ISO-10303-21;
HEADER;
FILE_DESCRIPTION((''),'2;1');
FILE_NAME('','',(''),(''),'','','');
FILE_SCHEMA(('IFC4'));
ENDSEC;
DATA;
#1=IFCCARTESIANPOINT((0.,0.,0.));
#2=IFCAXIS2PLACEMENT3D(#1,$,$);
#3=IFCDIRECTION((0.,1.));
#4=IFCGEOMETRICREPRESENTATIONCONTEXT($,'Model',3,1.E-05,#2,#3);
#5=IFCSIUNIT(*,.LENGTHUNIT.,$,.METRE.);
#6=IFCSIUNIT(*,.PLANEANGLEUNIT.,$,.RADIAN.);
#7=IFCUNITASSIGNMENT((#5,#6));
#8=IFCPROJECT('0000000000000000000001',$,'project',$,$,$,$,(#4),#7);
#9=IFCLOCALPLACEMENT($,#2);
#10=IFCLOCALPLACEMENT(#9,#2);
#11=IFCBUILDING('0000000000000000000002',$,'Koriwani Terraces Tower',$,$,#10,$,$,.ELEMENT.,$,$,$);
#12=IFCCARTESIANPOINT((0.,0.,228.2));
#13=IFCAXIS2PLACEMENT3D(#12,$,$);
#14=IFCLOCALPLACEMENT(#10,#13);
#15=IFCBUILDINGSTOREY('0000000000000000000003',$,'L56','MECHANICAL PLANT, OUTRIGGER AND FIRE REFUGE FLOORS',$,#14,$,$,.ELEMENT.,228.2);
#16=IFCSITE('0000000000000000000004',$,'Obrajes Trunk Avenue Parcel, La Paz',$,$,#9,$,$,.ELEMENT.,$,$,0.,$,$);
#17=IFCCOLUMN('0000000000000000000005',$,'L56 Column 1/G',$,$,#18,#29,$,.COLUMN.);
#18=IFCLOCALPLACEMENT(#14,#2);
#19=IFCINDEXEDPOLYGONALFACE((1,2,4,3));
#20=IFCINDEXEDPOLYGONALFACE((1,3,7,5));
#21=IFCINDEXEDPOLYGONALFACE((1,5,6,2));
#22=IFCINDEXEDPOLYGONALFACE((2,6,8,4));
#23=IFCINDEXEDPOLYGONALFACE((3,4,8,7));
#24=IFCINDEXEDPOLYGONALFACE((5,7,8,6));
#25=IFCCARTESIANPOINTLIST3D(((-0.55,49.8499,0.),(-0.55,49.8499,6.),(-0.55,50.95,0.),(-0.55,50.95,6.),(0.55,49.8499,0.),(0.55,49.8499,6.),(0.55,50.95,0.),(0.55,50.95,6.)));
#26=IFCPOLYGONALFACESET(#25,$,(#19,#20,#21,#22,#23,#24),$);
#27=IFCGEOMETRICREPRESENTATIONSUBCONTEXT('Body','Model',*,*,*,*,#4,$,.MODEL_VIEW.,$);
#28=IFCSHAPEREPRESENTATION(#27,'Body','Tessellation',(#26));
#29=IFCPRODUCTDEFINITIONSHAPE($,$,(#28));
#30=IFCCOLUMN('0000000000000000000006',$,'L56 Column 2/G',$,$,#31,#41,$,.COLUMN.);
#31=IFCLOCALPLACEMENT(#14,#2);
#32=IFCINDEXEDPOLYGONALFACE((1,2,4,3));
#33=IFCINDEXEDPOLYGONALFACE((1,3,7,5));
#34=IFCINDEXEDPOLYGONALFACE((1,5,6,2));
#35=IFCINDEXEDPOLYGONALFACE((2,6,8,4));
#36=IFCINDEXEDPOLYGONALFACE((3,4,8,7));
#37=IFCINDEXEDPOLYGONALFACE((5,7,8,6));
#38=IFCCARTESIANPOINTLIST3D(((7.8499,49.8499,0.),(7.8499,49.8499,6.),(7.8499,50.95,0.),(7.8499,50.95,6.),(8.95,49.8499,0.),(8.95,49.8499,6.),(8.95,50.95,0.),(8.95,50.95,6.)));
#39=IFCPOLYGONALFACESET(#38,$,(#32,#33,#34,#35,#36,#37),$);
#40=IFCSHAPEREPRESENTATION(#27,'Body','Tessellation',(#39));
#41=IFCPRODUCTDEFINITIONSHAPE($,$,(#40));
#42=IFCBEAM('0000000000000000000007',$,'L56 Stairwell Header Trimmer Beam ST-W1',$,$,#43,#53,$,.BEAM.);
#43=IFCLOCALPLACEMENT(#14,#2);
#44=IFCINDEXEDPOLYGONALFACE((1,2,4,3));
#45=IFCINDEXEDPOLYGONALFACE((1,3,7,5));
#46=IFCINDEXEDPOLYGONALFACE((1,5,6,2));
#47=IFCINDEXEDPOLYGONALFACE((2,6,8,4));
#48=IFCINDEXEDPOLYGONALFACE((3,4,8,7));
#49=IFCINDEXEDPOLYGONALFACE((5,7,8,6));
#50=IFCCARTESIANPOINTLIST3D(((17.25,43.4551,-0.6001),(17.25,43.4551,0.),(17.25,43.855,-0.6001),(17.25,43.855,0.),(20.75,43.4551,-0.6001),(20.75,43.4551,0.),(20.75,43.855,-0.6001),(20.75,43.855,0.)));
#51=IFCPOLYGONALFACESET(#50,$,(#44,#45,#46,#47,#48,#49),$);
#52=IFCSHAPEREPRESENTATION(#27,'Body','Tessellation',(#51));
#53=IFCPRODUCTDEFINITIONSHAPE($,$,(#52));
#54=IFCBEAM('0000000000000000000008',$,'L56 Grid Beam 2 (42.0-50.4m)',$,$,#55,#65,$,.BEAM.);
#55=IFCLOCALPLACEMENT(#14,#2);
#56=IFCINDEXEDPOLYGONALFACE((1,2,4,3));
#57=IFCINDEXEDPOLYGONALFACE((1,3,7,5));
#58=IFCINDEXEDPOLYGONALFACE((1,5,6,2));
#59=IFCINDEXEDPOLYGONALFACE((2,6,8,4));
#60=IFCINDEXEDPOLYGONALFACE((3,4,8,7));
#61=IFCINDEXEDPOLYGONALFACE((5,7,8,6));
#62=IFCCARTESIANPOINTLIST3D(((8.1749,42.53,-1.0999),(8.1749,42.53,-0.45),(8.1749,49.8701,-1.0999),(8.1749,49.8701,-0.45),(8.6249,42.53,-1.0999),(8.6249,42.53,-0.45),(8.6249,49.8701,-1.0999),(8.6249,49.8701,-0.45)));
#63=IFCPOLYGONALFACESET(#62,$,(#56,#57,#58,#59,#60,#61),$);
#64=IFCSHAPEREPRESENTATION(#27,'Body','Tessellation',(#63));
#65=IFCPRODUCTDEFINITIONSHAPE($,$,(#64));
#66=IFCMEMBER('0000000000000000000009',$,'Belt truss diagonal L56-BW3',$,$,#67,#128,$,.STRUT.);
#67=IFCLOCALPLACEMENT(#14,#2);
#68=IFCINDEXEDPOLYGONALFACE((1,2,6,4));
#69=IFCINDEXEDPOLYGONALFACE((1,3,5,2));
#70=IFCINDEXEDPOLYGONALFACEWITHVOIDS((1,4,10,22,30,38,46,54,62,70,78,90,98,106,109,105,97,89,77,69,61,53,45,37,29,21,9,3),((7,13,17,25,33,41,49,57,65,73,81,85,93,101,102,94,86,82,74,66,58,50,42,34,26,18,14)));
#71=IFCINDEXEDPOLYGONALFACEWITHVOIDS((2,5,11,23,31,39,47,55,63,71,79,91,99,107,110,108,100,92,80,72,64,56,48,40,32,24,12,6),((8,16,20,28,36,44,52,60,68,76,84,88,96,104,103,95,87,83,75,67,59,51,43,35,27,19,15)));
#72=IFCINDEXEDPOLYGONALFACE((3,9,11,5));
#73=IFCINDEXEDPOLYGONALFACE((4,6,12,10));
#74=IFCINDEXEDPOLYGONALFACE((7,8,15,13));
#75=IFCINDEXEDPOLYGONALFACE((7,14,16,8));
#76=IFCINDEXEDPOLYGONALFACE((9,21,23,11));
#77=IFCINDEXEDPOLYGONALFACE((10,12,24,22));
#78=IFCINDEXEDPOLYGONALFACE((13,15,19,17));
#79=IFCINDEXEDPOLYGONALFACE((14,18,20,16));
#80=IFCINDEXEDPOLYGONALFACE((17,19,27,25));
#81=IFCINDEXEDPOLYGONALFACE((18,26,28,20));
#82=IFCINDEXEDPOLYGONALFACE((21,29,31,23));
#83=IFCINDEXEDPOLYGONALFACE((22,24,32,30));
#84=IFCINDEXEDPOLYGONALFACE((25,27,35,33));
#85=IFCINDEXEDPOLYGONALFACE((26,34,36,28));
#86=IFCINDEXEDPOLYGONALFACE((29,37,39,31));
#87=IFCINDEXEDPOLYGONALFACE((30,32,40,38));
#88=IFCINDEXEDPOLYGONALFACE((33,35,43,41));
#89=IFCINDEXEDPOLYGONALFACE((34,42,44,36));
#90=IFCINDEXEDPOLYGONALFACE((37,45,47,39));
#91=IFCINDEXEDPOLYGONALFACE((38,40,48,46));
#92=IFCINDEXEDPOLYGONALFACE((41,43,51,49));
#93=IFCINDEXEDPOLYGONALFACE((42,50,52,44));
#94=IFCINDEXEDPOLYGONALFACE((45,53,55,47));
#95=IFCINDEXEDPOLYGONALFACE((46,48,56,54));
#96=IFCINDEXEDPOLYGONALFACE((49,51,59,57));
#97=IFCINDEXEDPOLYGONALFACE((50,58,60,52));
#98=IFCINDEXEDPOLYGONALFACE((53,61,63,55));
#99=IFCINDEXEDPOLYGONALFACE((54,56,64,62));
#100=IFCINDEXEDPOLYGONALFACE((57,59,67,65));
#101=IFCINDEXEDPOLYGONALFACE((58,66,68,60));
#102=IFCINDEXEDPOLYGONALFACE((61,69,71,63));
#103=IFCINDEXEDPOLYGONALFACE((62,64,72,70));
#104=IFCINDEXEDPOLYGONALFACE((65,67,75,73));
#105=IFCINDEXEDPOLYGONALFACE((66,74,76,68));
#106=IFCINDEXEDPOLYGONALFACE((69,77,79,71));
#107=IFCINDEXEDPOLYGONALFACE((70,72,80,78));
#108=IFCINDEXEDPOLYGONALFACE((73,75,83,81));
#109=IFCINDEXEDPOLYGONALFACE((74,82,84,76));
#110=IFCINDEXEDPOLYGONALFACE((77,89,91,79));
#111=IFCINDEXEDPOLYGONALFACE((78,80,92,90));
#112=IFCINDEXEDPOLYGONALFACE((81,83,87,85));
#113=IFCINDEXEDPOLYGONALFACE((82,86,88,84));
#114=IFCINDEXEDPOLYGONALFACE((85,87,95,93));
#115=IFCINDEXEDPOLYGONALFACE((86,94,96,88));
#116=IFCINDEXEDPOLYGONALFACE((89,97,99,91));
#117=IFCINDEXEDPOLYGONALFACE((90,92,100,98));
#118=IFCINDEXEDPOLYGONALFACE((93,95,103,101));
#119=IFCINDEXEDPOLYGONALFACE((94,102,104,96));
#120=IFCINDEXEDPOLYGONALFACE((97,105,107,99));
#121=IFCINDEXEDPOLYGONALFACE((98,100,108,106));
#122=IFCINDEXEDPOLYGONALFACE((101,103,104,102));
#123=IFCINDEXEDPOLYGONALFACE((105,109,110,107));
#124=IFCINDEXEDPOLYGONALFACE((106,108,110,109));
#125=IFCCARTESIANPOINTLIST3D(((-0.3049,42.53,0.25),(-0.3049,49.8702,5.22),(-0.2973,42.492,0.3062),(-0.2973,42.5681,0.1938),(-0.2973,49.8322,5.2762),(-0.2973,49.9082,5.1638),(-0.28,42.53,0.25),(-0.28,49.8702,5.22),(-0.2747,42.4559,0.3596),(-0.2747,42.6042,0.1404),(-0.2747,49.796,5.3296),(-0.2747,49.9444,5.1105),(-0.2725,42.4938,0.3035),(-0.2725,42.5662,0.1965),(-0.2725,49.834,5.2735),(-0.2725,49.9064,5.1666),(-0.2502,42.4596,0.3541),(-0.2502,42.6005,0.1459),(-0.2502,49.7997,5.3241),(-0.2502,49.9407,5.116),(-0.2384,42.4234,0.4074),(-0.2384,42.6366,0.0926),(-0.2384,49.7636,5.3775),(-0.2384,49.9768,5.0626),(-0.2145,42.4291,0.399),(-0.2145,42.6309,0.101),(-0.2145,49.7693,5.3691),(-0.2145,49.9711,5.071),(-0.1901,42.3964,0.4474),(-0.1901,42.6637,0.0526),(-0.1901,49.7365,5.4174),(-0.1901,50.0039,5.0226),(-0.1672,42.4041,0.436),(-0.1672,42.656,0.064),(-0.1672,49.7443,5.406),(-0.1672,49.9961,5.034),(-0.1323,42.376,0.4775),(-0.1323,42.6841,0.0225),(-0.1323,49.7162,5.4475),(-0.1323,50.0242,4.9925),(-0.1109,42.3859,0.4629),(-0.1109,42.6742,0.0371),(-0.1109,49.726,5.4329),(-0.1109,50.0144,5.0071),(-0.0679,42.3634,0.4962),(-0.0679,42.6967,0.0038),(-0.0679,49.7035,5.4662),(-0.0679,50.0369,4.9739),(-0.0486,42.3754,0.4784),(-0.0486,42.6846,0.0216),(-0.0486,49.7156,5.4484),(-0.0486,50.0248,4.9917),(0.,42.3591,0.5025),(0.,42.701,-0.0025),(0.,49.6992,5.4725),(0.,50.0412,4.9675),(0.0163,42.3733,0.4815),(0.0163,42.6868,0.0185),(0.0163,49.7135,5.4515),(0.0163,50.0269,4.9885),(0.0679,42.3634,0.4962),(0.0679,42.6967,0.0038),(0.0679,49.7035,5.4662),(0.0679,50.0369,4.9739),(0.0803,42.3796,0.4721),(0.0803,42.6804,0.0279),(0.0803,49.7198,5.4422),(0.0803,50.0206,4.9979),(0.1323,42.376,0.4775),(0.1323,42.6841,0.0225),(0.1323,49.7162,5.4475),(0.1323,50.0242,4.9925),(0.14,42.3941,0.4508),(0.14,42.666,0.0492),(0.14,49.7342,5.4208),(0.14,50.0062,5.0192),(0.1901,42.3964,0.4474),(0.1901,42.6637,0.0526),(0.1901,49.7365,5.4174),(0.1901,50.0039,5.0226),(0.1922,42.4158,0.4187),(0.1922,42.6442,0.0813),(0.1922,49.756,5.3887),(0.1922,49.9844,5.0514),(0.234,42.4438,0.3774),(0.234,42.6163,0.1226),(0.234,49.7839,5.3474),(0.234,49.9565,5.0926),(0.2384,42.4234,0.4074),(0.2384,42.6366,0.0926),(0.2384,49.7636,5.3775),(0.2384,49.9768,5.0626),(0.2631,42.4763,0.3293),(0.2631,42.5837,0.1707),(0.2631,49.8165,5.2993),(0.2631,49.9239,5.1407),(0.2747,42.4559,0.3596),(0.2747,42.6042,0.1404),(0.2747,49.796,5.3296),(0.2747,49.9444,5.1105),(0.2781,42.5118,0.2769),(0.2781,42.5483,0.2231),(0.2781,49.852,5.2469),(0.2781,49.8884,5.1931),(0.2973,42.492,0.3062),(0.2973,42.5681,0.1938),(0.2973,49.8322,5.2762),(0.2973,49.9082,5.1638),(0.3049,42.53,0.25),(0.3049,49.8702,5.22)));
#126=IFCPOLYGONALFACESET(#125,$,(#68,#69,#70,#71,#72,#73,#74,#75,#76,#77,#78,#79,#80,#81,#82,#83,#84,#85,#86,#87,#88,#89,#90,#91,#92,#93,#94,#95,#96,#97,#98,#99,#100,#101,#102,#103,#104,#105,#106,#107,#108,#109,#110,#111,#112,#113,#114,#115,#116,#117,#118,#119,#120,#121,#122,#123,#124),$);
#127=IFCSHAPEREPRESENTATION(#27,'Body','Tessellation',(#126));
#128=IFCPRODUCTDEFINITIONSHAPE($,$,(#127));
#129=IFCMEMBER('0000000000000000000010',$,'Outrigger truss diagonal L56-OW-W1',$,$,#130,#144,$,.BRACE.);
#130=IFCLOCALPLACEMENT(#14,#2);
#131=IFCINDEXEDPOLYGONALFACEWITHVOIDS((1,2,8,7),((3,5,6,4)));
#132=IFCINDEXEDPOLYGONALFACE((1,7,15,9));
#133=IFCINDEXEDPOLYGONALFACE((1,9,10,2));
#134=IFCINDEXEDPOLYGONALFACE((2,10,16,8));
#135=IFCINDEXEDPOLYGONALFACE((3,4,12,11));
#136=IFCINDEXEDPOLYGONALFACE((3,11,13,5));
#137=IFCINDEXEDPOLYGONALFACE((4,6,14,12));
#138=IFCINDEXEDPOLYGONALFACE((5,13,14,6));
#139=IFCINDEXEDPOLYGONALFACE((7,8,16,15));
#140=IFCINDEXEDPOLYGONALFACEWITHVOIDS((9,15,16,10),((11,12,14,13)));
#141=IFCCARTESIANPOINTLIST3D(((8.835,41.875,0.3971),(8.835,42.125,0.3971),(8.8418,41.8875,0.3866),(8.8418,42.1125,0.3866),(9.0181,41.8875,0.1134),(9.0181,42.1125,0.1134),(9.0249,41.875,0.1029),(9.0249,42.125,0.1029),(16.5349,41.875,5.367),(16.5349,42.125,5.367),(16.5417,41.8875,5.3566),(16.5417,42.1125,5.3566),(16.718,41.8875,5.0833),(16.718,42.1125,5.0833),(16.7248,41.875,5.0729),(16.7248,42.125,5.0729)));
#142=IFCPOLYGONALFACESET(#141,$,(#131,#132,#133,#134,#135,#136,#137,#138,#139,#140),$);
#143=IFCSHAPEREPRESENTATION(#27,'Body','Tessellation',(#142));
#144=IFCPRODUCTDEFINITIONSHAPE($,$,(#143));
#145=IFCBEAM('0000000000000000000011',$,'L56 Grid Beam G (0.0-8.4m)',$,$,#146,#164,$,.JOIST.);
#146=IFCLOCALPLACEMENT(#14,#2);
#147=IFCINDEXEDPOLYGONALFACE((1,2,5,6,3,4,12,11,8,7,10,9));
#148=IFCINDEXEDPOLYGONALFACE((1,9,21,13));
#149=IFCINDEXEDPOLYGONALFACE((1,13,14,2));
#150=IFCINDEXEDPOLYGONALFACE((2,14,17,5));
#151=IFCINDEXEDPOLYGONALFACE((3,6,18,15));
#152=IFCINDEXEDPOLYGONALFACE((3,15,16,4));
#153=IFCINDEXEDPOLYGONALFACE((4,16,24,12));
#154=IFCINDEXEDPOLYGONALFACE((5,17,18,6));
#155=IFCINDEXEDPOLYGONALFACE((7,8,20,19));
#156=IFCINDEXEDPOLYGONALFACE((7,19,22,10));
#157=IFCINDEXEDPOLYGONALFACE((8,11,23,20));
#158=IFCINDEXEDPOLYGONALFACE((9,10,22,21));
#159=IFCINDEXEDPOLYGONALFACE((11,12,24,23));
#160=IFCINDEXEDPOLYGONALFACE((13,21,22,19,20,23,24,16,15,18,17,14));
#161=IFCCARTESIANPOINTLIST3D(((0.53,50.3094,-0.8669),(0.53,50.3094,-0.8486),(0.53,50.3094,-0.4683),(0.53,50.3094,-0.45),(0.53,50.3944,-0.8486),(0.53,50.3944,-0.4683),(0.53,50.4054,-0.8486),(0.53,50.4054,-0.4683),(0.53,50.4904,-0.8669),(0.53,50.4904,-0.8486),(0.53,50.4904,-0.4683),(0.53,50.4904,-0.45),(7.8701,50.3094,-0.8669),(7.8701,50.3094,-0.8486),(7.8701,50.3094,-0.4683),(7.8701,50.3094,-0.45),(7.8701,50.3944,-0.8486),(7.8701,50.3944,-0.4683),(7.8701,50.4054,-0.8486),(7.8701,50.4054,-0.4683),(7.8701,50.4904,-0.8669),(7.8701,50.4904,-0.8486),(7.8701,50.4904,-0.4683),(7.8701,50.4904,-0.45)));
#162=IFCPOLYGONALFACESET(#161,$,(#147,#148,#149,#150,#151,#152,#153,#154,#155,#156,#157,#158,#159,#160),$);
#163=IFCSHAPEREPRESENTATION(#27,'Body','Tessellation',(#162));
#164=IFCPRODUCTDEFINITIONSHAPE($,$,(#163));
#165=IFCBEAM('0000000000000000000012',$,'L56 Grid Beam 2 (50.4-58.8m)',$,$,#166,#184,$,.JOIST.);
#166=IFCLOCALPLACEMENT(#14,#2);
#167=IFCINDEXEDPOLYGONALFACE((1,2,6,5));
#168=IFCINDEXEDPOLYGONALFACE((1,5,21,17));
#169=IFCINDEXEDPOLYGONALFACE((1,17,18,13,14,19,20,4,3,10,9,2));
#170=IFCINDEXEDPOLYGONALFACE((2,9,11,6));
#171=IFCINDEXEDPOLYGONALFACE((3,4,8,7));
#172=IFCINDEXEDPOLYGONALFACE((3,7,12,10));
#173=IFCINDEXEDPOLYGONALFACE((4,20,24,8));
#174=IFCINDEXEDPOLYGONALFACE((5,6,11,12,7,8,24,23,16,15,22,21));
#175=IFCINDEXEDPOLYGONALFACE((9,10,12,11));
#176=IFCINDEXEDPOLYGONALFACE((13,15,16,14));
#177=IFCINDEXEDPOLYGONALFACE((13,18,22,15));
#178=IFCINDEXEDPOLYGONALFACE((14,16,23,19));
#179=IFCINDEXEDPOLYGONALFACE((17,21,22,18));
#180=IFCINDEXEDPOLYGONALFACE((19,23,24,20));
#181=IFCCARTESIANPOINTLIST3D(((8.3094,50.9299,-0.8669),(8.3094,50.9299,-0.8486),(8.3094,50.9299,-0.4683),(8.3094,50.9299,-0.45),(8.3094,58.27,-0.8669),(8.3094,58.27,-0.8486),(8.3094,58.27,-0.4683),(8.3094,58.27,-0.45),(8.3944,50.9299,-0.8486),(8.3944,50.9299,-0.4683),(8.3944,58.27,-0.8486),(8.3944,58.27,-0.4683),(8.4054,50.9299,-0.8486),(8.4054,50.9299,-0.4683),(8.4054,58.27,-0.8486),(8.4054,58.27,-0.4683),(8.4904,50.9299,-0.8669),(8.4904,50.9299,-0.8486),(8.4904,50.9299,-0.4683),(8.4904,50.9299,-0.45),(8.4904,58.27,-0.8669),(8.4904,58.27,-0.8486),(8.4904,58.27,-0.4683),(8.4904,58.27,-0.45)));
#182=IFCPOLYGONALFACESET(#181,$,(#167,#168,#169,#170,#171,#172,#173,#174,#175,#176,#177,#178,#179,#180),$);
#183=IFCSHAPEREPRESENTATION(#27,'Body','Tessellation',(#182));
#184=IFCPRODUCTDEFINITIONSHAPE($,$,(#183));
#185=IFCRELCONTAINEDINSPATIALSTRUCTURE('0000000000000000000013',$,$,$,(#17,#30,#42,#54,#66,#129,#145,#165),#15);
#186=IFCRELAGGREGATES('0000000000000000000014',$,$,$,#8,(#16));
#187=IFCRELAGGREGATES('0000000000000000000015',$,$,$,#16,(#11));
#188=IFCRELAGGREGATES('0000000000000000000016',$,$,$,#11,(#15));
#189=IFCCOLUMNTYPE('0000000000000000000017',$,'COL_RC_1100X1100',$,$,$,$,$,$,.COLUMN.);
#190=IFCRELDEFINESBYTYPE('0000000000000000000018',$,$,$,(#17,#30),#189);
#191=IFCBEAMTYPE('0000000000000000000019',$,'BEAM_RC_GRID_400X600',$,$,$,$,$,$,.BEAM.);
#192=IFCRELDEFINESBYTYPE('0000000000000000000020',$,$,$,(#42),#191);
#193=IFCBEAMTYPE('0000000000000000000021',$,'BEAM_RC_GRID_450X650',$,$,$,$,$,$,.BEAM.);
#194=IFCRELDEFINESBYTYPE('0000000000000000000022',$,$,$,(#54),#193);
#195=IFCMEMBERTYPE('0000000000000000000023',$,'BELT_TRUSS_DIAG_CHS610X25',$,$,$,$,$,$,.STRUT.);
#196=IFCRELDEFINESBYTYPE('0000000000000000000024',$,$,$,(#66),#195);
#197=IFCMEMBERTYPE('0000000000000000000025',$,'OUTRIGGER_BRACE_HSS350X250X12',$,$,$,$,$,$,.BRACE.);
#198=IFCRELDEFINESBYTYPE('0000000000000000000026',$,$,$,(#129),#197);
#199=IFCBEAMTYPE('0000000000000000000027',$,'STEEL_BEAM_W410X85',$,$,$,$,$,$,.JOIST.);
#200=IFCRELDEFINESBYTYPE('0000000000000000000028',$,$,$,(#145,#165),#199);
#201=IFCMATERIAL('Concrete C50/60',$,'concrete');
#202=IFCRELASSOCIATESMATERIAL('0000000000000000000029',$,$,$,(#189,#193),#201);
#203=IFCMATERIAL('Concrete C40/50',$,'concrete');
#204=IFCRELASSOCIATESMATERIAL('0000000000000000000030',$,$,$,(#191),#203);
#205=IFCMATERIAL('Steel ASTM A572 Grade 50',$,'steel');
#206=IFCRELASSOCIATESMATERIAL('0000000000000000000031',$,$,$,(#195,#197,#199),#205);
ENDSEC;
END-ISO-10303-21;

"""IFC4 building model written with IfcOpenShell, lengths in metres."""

from ifc_helpers import new_model, si_unit, direction, frame, origin, origin_2d, place, context, subcontext, project, spatial, rectangle, hollow_rectangle, hollow_circle, i_section, extrude, material, material_profile, profile_set, type_object, element, save


model = new_model("IFC4")

# Units and contexts
model_context = context("Model", 3, precision=1e-05, world=origin(), true_north=direction((0.0, 1.0)))
body_context = subcontext(model_context, "Body", "Model", "MODEL_VIEW")
ifc_project = project(units=[si_unit("LENGTHUNIT", "METRE"), si_unit("PLANEANGLEUNIT", "RADIAN")], contexts=[model_context])

# Site, building, storey
site_placement = place(None, origin())
site = spatial("IfcSite", under=ifc_project, at=site_placement, Name="Obrajes Trunk Avenue Parcel, La Paz", CompositionType="ELEMENT", RefElevation=0.0)
building_placement = place(site_placement, origin())
building = spatial("IfcBuilding", under=site, at=building_placement, Name="Koriwani Terraces Tower", CompositionType="ELEMENT")
storey_placement = place(building_placement, frame((0.0, 0.0, 228.2)))
storey = spatial("IfcBuildingStorey", under=building, at=storey_placement, Name="L56", Description="MECHANICAL PLANT, OUTRIGGER AND FIRE REFUGE FLOORS", CompositionType="ELEMENT", Elevation=228.2)

# Columns
ifc_material_1 = material(Name="Concrete C50/60", Category="concrete")
ifc_material_profile_1 = material_profile(ifc_material_1, rectangle(XDim=1.1001, YDim=1.1001, at=origin_2d()), Name="Concrete C50/60", Category="LoadBearing")
ifc_profile_set_1 = profile_set([ifc_material_profile_1], Name="Concrete C50/60")
column_type = type_object("IfcColumnType", Name="COL_RC_1100X1100", PredefinedType="COLUMN", material=ifc_profile_set_1)
for number, where, z_axis, x_axis, name in (
    (1, (0.0, 50.3999, 0.0), (0.0, 0.0, 1.0), (1.0, 0.0, 0.0), "L56 Column 1/G"),
    (2, (8.3999, 50.3999, 0.0), (0.0, 0.0, 1.0), (1.0, 0.0, 0.0), "L56 Column 2/G"),
):
    element("IfcColumn", number, at=place(storey_placement, frame(where, z_axis=z_axis, x_axis=x_axis)), inside=storey, type_object=column_type, Name=name, PredefinedType="COLUMN", context=body_context, shape_type="SweptSolid", body=[
        extrude(rectangle(XDim=1.1001, YDim=1.1001, at=origin_2d()), origin(), (0.0, 0.0, 1.0), 6.0),
    ])

# Beams
ifc_material_2 = material(Name="Concrete C40/50", Category="concrete")
ifc_material_profile_2 = material_profile(ifc_material_2, rectangle(XDim=0.3999, YDim=0.6001, at=origin_2d()), Name="Concrete C40/50", Category="LoadBearing")
ifc_profile_set_2 = profile_set([ifc_material_profile_2], Name="Concrete C40/50")
beam_type_1 = type_object("IfcBeamType", Name="BEAM_RC_GRID_400X600", PredefinedType="BEAM", material=ifc_profile_set_2)
beam_1_placement = place(storey_placement, frame((17.25, 43.655, -0.3), z_axis=(1.0, 0.0, 0.0), x_axis=(0.0, 1.0, 0.0)))
element("IfcBeam", 3, at=beam_1_placement, inside=storey, type_object=beam_type_1, Name="L56 Stairwell Header Trimmer Beam ST-W1", PredefinedType="BEAM", context=body_context, shape_type="SweptSolid", body=[
    extrude(rectangle(XDim=0.3999, YDim=0.6001, at=origin_2d()), origin(), (0.0, 0.0, 1.0), 3.5),
])
ifc_material_profile_3 = material_profile(ifc_material_1, rectangle(XDim=0.45, YDim=0.6499, at=origin_2d()), Name="Concrete C50/60", Category="LoadBearing")
ifc_profile_set_3 = profile_set([ifc_material_profile_3], Name="Concrete C50/60")
beam_type_2 = type_object("IfcBeamType", Name="BEAM_RC_GRID_450X650", PredefinedType="BEAM", material=ifc_profile_set_3)
beam_2_placement = place(storey_placement, frame((8.3999, 42.53, -0.7749), z_axis=(0.0, 1.0, 0.0), x_axis=(-1.0, 0.0, 0.0)))
element("IfcBeam", 4, at=beam_2_placement, inside=storey, type_object=beam_type_2, Name="L56 Grid Beam 2 (42.0-50.4m)", PredefinedType="BEAM", context=body_context, shape_type="SweptSolid", body=[
    extrude(rectangle(XDim=0.45, YDim=0.6499, at=origin_2d()), origin(), (0.0, 0.0, 1.0), 7.3401),
])

# Members
ifc_material_3 = material(Name="Steel ASTM A572 Grade 50", Category="steel")
ifc_material_profile_4 = material_profile(ifc_material_3, hollow_circle(Radius=0.3049, WallThickness=0.0249, at=origin_2d()), Name="Steel ASTM A572 Grade 50", Category="LoadBearing")
ifc_profile_set_4 = profile_set([ifc_material_profile_4], Name="Steel ASTM A572 Grade 50")
member_type_1 = type_object("IfcMemberType", Name="BELT_TRUSS_DIAG_CHS610X25", PredefinedType="STRUT", material=ifc_profile_set_4)
member_1_placement = place(storey_placement, frame((0.0, 42.53, 0.25), z_axis=(0.0, 0.828042, 0.560667), x_axis=(-1.0, 0.0, 0.0)))
element("IfcMember", 5, at=member_1_placement, inside=storey, type_object=member_type_1, Name="Belt truss diagonal L56-BW3", PredefinedType="STRUT", context=body_context, shape_type="SweptSolid", body=[
    extrude(hollow_circle(Radius=0.3049, WallThickness=0.0249, at=origin_2d()), origin(), (0.0, 0.0, 1.0), 8.8645),
])
ifc_material_profile_5 = material_profile(ifc_material_3, hollow_rectangle(XDim=0.25, YDim=0.3501, WallThickness=0.0125, at=origin_2d()), Name="Steel ASTM A572 Grade 50", Category="LoadBearing")
ifc_profile_set_5 = profile_set([ifc_material_profile_5], Name="Steel ASTM A572 Grade 50")
member_type_2 = type_object("IfcMemberType", Name="OUTRIGGER_BRACE_HSS350X250X12", PredefinedType="BRACE", material=ifc_profile_set_5)
member_2_placement = place(storey_placement, frame((8.9299, 42.0, 0.25), z_axis=(0.840184, 0.0, 0.542301), x_axis=(0.0, 1.0, 0.0)))
element("IfcMember", 6, at=member_2_placement, inside=storey, type_object=member_type_2, Name="Outrigger truss diagonal L56-OW-W1", PredefinedType="BRACE", context=body_context, shape_type="SweptSolid", body=[
    extrude(hollow_rectangle(XDim=0.25, YDim=0.3501, WallThickness=0.0125, at=origin_2d()), origin(), (0.0, 0.0, 1.0), 9.1646),
])

# Beams
ifc_material_profile_6 = material_profile(ifc_material_3, i_section(OverallWidth=0.1809, OverallDepth=0.417, WebThickness=0.011, FlangeThickness=0.0183, at=origin_2d()), Name="Steel ASTM A572 Grade 50", Category="LoadBearing")
ifc_profile_set_6 = profile_set([ifc_material_profile_6], Name="Steel ASTM A572 Grade 50")
beam_type_3 = type_object("IfcBeamType", Name="STEEL_BEAM_W410X85", PredefinedType="JOIST", material=ifc_profile_set_6)
for number, where, z_axis, x_axis, name in (
    (7, (0.53, 50.3999, -0.6584), (1.0, 0.0, 0.0), (0.0, 1.0, 0.0), "L56 Grid Beam G (0.0-8.4m)"),
    (8, (8.3999, 50.9299, -0.6584), (0.0, 1.0, 0.0), (-1.0, 0.0, 0.0), "L56 Grid Beam 2 (50.4-58.8m)"),
):
    element("IfcBeam", number, at=place(storey_placement, frame(where, z_axis=z_axis, x_axis=x_axis)), inside=storey, type_object=beam_type_3, Name=name, PredefinedType="JOIST", context=body_context, shape_type="SweptSolid", body=[
        extrude(i_section(OverallWidth=0.1809, OverallDepth=0.417, WebThickness=0.011, FlangeThickness=0.0183, at=origin_2d()), origin(), (0.0, 0.0, 1.0), 7.3401),
    ])

save(model, "model.ifc")
